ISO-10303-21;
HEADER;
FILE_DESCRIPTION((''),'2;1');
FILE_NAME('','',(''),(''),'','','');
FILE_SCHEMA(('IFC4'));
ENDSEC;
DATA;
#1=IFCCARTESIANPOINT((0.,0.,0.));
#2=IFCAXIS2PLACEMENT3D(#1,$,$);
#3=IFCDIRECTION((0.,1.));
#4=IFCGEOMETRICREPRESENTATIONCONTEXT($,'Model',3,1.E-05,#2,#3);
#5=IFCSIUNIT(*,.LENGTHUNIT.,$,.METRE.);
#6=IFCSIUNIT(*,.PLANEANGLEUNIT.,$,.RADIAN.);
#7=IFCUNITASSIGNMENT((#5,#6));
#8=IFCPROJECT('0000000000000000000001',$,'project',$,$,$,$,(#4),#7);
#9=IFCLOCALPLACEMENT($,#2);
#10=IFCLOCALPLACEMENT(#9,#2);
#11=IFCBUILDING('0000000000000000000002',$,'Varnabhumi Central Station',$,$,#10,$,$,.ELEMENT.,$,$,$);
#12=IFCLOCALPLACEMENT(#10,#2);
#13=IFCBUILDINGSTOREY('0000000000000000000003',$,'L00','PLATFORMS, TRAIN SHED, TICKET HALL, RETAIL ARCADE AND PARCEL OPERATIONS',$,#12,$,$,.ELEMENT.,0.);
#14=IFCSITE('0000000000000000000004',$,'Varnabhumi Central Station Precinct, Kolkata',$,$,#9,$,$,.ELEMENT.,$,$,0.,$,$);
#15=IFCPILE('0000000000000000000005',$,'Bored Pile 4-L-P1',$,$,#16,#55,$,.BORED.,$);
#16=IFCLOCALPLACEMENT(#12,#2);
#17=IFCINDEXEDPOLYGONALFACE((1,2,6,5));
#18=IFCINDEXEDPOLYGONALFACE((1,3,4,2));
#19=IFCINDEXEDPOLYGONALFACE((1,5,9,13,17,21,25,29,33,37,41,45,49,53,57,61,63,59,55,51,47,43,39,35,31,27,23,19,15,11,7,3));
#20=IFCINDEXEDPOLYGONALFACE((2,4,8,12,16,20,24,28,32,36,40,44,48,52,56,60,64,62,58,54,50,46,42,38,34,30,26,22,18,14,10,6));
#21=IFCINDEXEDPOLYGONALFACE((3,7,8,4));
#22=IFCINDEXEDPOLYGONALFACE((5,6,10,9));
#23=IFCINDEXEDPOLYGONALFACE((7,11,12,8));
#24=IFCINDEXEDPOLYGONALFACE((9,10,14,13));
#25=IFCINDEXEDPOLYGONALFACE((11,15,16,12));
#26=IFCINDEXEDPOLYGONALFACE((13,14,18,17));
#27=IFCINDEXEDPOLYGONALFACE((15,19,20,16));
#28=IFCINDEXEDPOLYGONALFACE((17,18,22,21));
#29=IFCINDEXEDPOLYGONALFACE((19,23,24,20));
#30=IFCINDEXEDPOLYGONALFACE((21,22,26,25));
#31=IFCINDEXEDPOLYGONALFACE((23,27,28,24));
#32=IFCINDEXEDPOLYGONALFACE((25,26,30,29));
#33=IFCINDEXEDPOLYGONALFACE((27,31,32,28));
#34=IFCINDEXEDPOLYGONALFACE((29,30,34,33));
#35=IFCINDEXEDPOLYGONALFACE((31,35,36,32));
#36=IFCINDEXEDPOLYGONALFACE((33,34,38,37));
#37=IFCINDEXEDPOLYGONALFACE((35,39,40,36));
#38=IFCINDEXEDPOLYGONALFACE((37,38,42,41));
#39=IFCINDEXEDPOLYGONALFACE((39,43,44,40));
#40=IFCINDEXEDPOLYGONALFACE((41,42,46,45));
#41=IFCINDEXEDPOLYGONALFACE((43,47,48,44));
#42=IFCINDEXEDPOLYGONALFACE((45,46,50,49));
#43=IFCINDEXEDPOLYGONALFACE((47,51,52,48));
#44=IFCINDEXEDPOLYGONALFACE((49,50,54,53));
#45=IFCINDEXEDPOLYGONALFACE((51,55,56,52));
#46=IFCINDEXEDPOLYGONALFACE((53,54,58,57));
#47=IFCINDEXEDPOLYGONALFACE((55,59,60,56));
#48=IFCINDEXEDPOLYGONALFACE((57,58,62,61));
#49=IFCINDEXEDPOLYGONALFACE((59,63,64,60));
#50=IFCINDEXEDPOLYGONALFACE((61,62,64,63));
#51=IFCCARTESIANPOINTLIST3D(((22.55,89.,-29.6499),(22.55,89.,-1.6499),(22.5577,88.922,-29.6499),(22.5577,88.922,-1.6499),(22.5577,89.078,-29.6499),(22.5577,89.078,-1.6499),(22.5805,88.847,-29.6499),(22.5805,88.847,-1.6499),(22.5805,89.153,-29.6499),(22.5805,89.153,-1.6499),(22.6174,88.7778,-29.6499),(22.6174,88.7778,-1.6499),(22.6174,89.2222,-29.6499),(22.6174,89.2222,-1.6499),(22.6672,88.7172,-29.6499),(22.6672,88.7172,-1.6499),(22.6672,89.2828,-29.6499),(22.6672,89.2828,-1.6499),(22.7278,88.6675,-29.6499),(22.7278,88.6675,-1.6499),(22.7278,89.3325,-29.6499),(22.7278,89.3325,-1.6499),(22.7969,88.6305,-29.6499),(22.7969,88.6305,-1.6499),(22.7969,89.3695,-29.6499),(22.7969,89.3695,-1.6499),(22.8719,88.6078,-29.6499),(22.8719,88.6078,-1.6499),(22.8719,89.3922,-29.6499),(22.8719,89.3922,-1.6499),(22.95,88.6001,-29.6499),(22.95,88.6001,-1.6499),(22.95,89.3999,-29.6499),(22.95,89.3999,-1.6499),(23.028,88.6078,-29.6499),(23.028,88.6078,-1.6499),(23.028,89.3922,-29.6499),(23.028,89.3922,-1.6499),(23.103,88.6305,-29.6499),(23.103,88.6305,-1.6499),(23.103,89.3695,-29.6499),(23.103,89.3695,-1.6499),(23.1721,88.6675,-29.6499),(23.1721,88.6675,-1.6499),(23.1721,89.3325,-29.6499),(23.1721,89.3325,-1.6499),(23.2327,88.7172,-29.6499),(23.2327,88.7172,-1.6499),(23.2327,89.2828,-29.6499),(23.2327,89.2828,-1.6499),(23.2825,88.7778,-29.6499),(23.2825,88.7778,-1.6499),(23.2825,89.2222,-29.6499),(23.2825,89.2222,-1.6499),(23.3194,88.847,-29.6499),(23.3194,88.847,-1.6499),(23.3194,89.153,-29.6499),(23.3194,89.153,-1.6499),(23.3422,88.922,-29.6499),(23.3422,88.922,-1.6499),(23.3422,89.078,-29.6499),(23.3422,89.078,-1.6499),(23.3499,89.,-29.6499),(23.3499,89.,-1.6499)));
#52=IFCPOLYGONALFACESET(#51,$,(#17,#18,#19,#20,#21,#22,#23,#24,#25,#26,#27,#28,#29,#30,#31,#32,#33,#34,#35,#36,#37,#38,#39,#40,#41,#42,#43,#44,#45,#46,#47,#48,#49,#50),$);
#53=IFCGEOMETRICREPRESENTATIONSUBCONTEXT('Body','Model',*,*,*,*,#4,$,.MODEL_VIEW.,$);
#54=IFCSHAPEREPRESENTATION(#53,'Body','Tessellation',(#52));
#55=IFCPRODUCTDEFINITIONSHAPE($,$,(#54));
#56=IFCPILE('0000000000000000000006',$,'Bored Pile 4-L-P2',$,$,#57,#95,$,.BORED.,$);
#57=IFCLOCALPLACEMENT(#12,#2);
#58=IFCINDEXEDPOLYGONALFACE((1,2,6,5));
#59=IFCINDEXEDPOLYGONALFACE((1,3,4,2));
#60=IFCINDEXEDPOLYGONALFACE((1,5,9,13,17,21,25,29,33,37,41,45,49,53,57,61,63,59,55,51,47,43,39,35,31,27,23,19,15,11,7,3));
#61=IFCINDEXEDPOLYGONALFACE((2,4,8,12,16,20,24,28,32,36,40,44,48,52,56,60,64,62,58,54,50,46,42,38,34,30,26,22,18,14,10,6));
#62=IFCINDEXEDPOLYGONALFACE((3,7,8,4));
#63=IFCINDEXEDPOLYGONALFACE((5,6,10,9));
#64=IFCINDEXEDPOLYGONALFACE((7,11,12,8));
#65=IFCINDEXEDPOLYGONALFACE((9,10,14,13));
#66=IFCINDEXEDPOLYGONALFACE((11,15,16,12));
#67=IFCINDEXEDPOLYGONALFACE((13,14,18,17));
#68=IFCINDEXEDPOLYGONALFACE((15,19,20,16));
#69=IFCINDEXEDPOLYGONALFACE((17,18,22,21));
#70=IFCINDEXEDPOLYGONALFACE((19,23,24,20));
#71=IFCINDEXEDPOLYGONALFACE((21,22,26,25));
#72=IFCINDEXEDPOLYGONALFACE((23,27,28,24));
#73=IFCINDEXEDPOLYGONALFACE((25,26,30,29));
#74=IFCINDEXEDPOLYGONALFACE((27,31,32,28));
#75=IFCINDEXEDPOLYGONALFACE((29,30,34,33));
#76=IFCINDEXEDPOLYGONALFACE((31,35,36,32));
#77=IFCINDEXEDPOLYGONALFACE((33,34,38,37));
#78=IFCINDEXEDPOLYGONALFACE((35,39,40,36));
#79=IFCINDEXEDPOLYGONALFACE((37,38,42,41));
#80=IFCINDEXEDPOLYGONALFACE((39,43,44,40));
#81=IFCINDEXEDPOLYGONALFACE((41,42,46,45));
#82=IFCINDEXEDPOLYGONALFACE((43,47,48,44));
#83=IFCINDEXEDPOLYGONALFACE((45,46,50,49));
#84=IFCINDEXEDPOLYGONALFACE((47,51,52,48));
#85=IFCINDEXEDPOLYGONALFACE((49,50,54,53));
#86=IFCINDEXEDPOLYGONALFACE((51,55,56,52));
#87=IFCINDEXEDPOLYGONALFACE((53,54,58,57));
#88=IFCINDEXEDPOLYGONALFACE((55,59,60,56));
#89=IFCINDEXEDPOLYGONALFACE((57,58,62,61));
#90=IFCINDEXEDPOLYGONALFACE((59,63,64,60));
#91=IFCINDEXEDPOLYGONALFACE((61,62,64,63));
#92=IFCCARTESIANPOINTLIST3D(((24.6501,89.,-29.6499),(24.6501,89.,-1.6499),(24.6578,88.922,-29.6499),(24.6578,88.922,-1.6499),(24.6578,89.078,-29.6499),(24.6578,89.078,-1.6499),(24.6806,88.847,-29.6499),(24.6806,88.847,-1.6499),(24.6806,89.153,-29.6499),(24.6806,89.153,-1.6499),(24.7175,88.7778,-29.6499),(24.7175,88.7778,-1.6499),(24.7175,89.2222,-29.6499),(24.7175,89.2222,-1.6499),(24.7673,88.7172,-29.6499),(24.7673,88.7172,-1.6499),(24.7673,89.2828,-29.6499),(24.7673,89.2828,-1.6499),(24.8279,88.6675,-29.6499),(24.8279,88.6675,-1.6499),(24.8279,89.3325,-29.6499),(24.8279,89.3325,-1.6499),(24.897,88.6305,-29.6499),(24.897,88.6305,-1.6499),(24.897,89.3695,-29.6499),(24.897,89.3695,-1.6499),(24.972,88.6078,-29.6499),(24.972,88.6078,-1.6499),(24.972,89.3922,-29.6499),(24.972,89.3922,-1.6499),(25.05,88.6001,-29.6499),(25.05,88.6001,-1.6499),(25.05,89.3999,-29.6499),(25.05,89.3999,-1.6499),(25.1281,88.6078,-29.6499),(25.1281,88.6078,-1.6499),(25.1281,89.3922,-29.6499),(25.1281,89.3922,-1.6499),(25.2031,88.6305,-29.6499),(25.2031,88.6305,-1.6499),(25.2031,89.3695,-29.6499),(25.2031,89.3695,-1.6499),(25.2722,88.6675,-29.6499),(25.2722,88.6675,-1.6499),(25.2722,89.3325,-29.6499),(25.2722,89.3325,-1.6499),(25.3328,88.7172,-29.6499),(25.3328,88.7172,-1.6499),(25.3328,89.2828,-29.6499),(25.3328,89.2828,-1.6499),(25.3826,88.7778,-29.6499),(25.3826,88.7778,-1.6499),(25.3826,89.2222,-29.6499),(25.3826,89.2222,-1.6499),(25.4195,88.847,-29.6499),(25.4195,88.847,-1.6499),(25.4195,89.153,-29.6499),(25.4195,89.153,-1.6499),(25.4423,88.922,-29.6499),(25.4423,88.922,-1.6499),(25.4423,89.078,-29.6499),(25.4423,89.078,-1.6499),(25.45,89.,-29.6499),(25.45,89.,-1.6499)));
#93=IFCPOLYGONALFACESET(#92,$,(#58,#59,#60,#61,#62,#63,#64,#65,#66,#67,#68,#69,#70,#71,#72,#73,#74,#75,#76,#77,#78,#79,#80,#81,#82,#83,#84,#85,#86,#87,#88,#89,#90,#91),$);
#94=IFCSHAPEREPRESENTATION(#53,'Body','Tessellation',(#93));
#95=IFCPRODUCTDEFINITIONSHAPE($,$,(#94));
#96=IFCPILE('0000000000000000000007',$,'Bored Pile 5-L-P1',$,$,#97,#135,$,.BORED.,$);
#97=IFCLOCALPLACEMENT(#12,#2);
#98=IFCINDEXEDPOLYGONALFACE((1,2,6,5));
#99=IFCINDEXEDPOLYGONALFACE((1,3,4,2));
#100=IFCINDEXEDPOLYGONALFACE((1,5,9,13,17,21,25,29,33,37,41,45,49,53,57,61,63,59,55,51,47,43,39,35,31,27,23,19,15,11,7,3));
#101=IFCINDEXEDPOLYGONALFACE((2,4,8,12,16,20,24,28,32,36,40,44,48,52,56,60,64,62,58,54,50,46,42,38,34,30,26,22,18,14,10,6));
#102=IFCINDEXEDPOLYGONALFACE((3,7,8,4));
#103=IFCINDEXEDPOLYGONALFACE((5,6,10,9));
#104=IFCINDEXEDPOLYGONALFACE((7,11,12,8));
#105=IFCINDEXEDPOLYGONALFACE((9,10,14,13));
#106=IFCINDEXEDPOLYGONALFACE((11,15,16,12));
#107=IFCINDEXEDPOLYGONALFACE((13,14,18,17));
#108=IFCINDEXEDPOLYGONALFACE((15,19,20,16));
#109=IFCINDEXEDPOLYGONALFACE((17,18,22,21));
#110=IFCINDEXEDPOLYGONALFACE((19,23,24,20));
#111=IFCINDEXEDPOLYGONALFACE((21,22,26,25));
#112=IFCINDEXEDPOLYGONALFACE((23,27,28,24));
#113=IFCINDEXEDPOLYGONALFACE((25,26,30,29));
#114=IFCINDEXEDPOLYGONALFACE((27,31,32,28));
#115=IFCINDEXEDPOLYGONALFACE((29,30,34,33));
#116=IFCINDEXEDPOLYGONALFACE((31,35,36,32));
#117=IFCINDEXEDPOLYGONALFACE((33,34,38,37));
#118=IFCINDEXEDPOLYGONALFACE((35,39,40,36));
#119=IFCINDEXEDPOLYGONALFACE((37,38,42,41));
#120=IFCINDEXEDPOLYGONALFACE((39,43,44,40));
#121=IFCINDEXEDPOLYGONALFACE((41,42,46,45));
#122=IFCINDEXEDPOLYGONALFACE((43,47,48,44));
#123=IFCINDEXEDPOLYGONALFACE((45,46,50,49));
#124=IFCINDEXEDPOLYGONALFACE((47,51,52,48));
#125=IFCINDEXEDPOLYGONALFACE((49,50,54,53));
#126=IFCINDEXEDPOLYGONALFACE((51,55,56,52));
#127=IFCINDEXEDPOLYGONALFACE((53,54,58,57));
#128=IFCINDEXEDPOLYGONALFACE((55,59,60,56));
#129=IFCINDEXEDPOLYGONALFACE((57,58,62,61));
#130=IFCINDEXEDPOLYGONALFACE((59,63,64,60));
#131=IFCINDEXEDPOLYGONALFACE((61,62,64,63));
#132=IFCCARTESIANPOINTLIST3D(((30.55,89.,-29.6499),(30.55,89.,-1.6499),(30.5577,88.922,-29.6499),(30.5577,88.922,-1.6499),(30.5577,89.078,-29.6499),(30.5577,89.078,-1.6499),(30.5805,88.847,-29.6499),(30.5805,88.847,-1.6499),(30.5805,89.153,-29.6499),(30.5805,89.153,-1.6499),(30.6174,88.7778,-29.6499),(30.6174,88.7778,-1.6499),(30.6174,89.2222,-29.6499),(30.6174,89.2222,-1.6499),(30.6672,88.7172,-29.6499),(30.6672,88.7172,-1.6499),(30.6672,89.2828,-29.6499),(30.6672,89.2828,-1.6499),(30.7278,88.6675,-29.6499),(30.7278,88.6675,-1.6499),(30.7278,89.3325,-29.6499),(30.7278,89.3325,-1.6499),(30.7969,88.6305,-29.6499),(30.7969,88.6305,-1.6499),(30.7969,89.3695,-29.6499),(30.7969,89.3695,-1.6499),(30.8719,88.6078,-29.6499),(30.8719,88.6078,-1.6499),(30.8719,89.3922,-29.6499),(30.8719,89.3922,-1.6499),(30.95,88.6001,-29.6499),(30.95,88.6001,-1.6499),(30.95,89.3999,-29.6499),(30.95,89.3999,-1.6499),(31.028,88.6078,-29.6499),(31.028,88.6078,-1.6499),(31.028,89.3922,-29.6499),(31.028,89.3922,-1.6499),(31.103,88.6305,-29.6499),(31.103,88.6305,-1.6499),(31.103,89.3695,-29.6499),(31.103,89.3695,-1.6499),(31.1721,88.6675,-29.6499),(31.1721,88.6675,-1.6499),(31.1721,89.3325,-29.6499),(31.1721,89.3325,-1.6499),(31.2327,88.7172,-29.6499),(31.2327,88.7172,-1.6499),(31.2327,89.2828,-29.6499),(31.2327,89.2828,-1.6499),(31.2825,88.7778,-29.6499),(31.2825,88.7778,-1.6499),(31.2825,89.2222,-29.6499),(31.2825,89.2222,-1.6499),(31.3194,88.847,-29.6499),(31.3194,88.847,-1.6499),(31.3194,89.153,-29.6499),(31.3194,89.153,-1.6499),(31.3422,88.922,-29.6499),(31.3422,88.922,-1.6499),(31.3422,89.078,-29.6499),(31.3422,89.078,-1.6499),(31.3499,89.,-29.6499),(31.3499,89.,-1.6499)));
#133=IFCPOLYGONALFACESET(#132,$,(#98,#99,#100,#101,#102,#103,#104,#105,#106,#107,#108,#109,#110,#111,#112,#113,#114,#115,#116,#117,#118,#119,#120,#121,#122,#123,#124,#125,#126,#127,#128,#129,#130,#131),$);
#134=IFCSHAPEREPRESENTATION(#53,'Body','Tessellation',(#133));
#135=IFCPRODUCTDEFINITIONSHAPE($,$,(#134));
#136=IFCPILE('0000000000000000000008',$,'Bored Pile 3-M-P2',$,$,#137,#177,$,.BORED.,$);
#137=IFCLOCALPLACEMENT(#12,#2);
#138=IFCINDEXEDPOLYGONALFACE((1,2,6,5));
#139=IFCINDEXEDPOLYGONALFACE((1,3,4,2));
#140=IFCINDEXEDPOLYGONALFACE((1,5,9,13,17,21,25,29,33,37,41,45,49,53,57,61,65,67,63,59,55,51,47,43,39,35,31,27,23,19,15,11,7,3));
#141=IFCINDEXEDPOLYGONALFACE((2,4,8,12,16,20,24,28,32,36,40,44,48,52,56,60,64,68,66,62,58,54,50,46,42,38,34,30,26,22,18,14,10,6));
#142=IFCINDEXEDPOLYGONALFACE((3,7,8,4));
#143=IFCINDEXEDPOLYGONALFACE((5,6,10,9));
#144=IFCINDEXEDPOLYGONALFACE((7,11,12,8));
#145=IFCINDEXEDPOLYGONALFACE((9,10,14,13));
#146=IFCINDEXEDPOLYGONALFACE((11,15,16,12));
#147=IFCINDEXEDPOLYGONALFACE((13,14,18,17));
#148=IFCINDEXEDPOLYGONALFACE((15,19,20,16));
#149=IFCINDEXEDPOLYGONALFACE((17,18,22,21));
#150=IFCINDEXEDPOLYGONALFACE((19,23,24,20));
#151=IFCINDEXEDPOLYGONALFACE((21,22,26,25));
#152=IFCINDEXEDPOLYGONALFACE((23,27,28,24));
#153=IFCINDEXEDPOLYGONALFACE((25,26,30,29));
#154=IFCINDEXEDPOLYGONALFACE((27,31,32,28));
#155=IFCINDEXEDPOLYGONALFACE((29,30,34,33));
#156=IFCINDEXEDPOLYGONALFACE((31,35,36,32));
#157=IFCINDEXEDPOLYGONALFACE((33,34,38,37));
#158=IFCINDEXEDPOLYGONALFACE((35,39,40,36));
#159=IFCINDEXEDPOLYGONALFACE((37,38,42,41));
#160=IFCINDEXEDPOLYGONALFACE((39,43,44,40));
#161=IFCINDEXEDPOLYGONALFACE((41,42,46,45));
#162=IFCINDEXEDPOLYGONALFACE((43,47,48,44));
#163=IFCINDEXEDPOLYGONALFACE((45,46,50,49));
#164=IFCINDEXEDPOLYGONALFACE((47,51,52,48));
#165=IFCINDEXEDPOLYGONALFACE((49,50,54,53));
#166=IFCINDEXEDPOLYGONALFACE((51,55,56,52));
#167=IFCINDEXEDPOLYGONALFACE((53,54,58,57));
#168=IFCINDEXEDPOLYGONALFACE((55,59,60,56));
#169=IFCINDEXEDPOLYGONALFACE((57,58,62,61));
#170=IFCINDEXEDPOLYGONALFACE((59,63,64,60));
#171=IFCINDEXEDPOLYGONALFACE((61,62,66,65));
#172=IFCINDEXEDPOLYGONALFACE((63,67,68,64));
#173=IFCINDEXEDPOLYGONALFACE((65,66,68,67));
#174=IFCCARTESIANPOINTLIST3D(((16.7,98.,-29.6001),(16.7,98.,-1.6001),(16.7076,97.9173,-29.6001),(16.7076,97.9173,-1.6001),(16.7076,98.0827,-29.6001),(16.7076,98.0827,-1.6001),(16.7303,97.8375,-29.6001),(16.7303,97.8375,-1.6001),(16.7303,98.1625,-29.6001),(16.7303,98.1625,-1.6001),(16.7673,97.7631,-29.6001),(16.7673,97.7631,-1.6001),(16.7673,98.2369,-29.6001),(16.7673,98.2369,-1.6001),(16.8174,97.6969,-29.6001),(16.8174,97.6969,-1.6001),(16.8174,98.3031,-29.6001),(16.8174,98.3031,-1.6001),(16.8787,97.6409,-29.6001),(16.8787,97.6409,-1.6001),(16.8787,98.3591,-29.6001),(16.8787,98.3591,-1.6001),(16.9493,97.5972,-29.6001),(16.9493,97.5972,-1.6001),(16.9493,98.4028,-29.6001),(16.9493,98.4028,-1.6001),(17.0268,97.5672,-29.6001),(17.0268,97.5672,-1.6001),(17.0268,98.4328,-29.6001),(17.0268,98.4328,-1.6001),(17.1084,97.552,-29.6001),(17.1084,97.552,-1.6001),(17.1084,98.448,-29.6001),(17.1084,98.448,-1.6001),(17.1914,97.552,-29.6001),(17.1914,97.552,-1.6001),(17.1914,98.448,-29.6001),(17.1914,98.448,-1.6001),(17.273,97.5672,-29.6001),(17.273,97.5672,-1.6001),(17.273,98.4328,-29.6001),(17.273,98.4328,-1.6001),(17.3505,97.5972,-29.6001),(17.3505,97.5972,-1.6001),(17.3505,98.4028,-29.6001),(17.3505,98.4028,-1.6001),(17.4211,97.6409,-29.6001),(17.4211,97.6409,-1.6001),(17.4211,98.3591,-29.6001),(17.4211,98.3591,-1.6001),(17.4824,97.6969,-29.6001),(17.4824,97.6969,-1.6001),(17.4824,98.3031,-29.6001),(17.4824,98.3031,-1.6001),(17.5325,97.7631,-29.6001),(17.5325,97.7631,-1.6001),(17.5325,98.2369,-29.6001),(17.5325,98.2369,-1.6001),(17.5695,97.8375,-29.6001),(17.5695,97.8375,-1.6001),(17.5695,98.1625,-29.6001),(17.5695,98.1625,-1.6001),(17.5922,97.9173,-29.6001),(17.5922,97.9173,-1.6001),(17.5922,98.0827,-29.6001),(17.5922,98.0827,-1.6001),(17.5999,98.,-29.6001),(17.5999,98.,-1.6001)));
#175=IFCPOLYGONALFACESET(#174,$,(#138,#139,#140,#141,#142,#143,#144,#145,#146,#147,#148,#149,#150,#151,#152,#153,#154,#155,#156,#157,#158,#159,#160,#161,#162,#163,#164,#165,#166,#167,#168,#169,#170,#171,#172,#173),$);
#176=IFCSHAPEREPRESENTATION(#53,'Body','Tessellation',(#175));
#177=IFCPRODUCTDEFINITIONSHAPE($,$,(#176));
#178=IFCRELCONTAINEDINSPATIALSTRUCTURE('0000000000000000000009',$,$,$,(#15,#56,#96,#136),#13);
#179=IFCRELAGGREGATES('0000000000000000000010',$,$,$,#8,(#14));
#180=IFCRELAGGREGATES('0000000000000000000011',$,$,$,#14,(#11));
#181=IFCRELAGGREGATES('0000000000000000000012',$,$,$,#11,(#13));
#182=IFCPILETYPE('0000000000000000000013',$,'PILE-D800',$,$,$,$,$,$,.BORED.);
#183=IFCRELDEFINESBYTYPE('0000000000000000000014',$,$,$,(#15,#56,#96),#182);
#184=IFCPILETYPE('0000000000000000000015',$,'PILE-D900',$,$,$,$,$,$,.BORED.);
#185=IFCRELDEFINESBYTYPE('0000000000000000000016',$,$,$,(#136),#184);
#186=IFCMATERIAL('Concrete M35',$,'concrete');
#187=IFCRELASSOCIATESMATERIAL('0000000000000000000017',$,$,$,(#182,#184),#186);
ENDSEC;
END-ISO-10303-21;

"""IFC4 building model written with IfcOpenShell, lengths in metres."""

from ifc_helpers import new_model, si_unit, direction, frame, origin, origin_2d, place, context, subcontext, project, spatial, circle, extrude, material, material_profile, profile_set, type_object, element, save


model = new_model("IFC4")

# Units and contexts
model_context = context("Model", 3, precision=1e-05, world=origin(), true_north=direction((0.0, 1.0)))
body_context = subcontext(model_context, "Body", "Model", "MODEL_VIEW")
ifc_project = project(units=[si_unit("LENGTHUNIT", "METRE"), si_unit("PLANEANGLEUNIT", "RADIAN")], contexts=[model_context])

# Site, building, storey
site_placement = place(None, origin())
site = spatial("IfcSite", under=ifc_project, at=site_placement, Name="Varnabhumi Central Station Precinct, Kolkata", CompositionType="ELEMENT", RefElevation=0.0)
building_placement = place(site_placement, origin())
building = spatial("IfcBuilding", under=site, at=building_placement, Name="Varnabhumi Central Station", CompositionType="ELEMENT")
storey_placement = place(building_placement, origin())
storey = spatial("IfcBuildingStorey", under=building, at=storey_placement, Name="L00", Description="PLATFORMS, TRAIN SHED, TICKET HALL, RETAIL ARCADE AND PARCEL OPERATIONS", CompositionType="ELEMENT", Elevation=0.0)

# Piles
ifc_material_1 = material(Name="Concrete M35", Category="concrete")
ifc_material_profile_1 = material_profile(ifc_material_1, circle(Radius=0.3999, at=origin_2d()), Name="Concrete M35", Category="concrete")
ifc_profile_set_1 = profile_set([ifc_material_profile_1], Name="Concrete M35")
pile_type_1 = type_object("IfcPileType", Name="PILE-D800", PredefinedType="BORED", material=ifc_profile_set_1)
for number, where, z_axis, x_axis, name in (
    (1, (22.95, 89.0, -1.6499), (0.0, 0.0, -1.0), (1.0, 0.0, 0.0), "Bored Pile 4-L-P1"),
    (2, (25.05, 89.0, -1.6499), (0.0, 0.0, -1.0), (1.0, 0.0, 0.0), "Bored Pile 4-L-P2"),
    (3, (30.95, 89.0, -1.6499), (0.0, 0.0, -1.0), (1.0, 0.0, 0.0), "Bored Pile 5-L-P1"),
):
    element("IfcPile", number, at=place(storey_placement, frame(where, z_axis=z_axis, x_axis=x_axis)), inside=storey, type_object=pile_type_1, Name=name, PredefinedType="BORED", context=body_context, shape_type="SweptSolid", body=[
        extrude(circle(Radius=0.3999, at=origin_2d()), origin(), (0.0, 0.0, 1.0), 28.0),
    ])
ifc_material_profile_2 = material_profile(ifc_material_1, circle(Radius=0.45, at=origin_2d()), Name="Concrete M35", Category="concrete")
ifc_profile_set_2 = profile_set([ifc_material_profile_2], Name="Concrete M35")
pile_type_2 = type_object("IfcPileType", Name="PILE-D900", PredefinedType="BORED", material=ifc_profile_set_2)
for number, where, z_axis, x_axis, name in (
    (4, (17.1499, 98.0, -1.6001), (0.0, 0.0, -1.0), (1.0, 0.0, 0.0), "Bored Pile 3-M-P2"),
):
    element("IfcPile", number, at=place(storey_placement, frame(where, z_axis=z_axis, x_axis=x_axis)), inside=storey, type_object=pile_type_2, Name=name, PredefinedType="BORED", context=body_context, shape_type="SweptSolid", body=[
        extrude(circle(Radius=0.45, at=origin_2d()), origin(), (0.0, 0.0, 1.0), 28.0),
    ])

save(model, "model.ifc")
